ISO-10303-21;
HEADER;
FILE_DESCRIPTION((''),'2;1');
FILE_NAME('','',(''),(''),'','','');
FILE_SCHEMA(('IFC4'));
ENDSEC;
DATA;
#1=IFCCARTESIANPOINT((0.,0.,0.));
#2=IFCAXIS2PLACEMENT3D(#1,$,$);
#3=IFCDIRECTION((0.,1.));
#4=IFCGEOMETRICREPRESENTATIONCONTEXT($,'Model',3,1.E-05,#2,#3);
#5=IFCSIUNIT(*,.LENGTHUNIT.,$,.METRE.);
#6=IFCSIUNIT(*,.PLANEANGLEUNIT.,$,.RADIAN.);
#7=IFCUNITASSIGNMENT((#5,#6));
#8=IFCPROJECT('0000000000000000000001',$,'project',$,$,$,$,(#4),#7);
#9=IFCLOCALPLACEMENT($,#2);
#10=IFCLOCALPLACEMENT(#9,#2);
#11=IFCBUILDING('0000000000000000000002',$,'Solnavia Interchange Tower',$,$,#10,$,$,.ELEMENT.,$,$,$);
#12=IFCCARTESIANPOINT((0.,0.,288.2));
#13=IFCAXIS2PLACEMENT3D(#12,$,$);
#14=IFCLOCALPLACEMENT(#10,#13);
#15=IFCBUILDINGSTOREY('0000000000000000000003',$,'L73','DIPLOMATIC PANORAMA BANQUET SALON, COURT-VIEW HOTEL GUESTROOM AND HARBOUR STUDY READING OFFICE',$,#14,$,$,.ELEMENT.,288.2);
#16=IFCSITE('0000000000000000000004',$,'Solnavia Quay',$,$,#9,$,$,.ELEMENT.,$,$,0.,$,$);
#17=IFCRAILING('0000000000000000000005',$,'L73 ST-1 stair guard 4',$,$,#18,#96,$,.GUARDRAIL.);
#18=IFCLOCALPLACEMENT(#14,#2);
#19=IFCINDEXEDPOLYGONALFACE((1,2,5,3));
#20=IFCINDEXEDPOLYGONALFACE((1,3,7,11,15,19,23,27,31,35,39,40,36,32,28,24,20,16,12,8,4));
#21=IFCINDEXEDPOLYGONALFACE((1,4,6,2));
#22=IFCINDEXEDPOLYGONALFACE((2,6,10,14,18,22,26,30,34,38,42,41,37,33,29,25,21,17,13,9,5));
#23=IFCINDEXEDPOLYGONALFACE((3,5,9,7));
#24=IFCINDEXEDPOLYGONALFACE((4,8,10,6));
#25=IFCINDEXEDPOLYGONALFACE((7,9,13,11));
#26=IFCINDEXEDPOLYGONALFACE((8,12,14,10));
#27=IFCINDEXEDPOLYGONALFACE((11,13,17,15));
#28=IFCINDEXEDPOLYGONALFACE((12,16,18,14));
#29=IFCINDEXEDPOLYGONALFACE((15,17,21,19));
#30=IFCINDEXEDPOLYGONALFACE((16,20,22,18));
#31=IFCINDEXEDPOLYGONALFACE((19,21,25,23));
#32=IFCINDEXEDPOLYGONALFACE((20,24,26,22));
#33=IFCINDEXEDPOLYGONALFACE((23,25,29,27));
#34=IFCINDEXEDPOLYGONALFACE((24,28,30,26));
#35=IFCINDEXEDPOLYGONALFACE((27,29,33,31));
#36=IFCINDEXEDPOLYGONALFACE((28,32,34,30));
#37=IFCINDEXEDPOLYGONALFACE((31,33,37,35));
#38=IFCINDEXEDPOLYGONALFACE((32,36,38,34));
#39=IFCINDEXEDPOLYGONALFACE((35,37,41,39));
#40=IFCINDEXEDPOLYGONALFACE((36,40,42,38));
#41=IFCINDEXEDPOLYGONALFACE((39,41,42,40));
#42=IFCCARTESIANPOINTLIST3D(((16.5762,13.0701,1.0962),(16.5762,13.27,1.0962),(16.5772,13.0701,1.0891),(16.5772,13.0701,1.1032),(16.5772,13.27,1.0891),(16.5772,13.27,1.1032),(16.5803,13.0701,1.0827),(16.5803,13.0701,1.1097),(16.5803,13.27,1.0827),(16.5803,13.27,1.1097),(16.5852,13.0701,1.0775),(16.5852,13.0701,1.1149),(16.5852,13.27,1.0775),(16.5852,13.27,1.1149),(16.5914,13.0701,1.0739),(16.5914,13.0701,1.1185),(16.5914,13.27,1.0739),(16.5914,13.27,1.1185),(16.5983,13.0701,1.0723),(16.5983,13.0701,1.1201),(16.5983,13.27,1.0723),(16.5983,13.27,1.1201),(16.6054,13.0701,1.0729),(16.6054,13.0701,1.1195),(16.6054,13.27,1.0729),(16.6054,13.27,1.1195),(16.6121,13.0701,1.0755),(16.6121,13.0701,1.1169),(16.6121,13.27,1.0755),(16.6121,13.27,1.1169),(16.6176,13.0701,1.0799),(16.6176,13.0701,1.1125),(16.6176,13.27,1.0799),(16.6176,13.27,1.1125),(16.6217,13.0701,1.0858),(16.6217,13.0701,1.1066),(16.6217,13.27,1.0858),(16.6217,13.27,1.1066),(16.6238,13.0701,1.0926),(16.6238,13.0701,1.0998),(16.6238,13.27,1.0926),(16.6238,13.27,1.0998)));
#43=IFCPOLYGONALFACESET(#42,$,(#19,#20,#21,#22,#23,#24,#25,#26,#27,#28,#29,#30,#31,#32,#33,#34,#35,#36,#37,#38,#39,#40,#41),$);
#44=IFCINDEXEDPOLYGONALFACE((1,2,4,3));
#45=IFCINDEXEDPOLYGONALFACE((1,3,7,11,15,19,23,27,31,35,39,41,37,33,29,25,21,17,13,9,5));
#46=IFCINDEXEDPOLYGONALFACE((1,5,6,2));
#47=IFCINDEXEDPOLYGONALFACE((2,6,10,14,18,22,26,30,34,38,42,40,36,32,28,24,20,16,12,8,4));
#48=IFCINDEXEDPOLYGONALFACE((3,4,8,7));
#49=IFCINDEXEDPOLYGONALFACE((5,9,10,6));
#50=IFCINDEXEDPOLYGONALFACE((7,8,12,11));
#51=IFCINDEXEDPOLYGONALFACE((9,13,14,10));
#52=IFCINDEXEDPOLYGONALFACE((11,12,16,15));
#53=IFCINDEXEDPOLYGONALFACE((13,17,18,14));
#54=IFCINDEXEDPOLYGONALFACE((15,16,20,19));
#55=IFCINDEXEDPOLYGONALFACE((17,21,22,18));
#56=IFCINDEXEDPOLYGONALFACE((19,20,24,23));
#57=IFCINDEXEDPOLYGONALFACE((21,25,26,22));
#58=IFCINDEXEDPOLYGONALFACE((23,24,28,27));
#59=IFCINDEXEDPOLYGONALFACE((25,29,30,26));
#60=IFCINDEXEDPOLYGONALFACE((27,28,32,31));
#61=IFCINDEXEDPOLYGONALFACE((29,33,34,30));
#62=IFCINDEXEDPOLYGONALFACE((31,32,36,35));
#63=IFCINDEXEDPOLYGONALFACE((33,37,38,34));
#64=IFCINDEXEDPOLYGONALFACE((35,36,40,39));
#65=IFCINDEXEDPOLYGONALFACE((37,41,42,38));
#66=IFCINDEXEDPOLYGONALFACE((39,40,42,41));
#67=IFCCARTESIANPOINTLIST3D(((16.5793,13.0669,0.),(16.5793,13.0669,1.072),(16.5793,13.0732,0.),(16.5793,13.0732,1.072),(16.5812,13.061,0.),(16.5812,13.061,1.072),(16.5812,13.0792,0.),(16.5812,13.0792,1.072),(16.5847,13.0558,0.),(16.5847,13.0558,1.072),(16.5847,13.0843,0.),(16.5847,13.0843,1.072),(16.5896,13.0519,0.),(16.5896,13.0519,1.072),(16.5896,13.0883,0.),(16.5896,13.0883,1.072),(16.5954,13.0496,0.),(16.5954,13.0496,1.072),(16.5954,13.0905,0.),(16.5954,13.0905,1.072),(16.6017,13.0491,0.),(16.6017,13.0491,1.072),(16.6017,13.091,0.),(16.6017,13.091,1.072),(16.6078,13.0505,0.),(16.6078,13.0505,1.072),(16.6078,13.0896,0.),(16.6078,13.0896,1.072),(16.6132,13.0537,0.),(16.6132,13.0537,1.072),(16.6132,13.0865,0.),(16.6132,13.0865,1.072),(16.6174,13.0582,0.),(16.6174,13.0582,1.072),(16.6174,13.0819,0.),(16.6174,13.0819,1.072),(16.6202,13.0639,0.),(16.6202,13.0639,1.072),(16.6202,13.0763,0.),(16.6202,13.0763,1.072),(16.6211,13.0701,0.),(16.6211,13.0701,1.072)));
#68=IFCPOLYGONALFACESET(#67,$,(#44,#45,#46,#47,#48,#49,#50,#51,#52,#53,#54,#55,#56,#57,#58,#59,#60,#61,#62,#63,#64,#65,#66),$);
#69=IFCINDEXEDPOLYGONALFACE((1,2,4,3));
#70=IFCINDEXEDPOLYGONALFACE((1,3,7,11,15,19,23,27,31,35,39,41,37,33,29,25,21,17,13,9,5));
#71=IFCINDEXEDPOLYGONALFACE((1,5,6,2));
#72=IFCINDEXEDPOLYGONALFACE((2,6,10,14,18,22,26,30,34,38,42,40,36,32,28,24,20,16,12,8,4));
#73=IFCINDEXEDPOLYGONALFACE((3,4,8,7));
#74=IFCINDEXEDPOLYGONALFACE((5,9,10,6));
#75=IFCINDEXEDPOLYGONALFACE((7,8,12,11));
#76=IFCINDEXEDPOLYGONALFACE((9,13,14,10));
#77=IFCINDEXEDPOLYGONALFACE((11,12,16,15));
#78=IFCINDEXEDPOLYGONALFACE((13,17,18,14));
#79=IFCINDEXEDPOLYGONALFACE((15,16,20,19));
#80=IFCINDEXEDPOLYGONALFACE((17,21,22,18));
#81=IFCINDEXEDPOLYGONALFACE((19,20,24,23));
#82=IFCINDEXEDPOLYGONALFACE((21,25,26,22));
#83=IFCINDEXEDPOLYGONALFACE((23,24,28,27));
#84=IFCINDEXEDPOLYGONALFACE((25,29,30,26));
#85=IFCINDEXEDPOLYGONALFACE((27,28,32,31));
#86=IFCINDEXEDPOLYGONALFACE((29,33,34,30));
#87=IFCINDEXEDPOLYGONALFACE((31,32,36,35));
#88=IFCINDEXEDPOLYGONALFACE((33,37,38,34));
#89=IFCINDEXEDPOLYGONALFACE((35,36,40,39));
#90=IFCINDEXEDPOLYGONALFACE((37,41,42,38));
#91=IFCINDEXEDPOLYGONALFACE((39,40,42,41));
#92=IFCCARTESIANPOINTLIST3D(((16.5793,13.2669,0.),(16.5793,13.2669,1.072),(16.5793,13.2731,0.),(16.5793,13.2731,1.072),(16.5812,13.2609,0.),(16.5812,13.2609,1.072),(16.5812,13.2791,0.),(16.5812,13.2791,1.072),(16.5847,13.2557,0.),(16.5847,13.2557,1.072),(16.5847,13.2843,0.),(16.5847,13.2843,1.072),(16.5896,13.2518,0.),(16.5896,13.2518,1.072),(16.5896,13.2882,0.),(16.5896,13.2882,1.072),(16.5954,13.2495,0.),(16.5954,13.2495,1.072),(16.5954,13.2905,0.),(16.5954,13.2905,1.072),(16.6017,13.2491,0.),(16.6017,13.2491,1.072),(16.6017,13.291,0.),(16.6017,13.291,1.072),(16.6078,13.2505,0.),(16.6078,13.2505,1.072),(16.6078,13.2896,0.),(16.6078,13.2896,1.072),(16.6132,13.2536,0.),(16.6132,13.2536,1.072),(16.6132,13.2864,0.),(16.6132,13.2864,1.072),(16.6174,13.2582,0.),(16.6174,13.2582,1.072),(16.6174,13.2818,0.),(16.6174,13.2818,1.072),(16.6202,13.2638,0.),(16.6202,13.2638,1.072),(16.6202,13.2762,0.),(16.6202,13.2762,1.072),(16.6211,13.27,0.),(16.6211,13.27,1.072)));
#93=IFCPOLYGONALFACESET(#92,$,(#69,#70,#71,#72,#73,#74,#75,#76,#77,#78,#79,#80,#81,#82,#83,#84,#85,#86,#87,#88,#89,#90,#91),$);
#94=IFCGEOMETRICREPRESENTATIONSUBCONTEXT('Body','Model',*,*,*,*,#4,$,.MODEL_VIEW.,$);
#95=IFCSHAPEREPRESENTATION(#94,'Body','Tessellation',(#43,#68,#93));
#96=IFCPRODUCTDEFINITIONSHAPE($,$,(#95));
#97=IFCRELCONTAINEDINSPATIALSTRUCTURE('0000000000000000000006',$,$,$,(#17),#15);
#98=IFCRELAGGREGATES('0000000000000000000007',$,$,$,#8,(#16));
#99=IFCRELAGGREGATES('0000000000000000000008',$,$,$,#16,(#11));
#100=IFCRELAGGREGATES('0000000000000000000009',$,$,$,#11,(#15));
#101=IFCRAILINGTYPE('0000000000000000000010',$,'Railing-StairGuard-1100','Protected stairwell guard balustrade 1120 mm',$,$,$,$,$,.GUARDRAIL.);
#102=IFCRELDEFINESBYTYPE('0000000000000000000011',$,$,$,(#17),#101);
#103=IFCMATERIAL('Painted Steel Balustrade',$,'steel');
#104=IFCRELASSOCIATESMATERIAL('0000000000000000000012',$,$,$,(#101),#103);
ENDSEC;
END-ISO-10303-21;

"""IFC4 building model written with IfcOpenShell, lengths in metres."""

from ifc_helpers import new_model, si_unit, direction, frame, origin, origin_2d, place, context, subcontext, project, spatial, circle, extrude, material, type_object, element, save


model = new_model("IFC4")

# Units and contexts
model_context = context("Model", 3, precision=1e-05, world=origin(), true_north=direction((0.0, 1.0)))
body_context = subcontext(model_context, "Body", "Model", "MODEL_VIEW")
ifc_project = project(units=[si_unit("LENGTHUNIT", "METRE"), si_unit("PLANEANGLEUNIT", "RADIAN")], contexts=[model_context])

# Site, building, storey
site_placement = place(None, origin())
site = spatial("IfcSite", under=ifc_project, at=site_placement, Name="Solnavia Quay", CompositionType="ELEMENT", RefElevation=0.0)
building_placement = place(site_placement, origin())
building = spatial("IfcBuilding", under=site, at=building_placement, Name="Solnavia Interchange Tower", CompositionType="ELEMENT")
storey_placement = place(building_placement, frame((0.0, 0.0, 288.2)))
storey = spatial("IfcBuildingStorey", under=building, at=storey_placement, Name="L73", Description="DIPLOMATIC PANORAMA BANQUET SALON, COURT-VIEW HOTEL GUESTROOM AND HARBOUR STUDY READING OFFICE", CompositionType="ELEMENT", Elevation=288.2)

# Railing
ifc_material_1 = material(Name="Painted Steel Balustrade", Category="steel")
railing_type_1 = type_object("IfcRailingType", Name="Railing-StairGuard-1100", Description="Protected stairwell guard balustrade 1120 mm", PredefinedType="GUARDRAIL", material=ifc_material_1)
railing_1_placement = place(storey_placement, frame((16.6001, 13.0701, 0.0)))
element("IfcRailing", 1, at=railing_1_placement, inside=storey, type_object=railing_type_1, Name="L73 ST-1 stair guard 4", PredefinedType="GUARDRAIL", context=body_context, shape_type="SweptSolid", body=[
    extrude(circle(Radius=0.0239, at=origin_2d()), frame((0.0, 0.0, 1.0962), z_axis=(0.0, 1.0, 0.0), x_axis=(-1.0, 0.0, 0.0)), (0.0, 0.0, 1.0), 0.2),
    extrude(circle(Radius=0.021, at=origin_2d()), origin(), (0.0, 0.0, 1.0), 1.072),
    extrude(circle(Radius=0.021, at=origin_2d()), frame((0.0, 0.2, 0.0)), (0.0, 0.0, 1.0), 1.072),
])

save(model, "model.ifc")
